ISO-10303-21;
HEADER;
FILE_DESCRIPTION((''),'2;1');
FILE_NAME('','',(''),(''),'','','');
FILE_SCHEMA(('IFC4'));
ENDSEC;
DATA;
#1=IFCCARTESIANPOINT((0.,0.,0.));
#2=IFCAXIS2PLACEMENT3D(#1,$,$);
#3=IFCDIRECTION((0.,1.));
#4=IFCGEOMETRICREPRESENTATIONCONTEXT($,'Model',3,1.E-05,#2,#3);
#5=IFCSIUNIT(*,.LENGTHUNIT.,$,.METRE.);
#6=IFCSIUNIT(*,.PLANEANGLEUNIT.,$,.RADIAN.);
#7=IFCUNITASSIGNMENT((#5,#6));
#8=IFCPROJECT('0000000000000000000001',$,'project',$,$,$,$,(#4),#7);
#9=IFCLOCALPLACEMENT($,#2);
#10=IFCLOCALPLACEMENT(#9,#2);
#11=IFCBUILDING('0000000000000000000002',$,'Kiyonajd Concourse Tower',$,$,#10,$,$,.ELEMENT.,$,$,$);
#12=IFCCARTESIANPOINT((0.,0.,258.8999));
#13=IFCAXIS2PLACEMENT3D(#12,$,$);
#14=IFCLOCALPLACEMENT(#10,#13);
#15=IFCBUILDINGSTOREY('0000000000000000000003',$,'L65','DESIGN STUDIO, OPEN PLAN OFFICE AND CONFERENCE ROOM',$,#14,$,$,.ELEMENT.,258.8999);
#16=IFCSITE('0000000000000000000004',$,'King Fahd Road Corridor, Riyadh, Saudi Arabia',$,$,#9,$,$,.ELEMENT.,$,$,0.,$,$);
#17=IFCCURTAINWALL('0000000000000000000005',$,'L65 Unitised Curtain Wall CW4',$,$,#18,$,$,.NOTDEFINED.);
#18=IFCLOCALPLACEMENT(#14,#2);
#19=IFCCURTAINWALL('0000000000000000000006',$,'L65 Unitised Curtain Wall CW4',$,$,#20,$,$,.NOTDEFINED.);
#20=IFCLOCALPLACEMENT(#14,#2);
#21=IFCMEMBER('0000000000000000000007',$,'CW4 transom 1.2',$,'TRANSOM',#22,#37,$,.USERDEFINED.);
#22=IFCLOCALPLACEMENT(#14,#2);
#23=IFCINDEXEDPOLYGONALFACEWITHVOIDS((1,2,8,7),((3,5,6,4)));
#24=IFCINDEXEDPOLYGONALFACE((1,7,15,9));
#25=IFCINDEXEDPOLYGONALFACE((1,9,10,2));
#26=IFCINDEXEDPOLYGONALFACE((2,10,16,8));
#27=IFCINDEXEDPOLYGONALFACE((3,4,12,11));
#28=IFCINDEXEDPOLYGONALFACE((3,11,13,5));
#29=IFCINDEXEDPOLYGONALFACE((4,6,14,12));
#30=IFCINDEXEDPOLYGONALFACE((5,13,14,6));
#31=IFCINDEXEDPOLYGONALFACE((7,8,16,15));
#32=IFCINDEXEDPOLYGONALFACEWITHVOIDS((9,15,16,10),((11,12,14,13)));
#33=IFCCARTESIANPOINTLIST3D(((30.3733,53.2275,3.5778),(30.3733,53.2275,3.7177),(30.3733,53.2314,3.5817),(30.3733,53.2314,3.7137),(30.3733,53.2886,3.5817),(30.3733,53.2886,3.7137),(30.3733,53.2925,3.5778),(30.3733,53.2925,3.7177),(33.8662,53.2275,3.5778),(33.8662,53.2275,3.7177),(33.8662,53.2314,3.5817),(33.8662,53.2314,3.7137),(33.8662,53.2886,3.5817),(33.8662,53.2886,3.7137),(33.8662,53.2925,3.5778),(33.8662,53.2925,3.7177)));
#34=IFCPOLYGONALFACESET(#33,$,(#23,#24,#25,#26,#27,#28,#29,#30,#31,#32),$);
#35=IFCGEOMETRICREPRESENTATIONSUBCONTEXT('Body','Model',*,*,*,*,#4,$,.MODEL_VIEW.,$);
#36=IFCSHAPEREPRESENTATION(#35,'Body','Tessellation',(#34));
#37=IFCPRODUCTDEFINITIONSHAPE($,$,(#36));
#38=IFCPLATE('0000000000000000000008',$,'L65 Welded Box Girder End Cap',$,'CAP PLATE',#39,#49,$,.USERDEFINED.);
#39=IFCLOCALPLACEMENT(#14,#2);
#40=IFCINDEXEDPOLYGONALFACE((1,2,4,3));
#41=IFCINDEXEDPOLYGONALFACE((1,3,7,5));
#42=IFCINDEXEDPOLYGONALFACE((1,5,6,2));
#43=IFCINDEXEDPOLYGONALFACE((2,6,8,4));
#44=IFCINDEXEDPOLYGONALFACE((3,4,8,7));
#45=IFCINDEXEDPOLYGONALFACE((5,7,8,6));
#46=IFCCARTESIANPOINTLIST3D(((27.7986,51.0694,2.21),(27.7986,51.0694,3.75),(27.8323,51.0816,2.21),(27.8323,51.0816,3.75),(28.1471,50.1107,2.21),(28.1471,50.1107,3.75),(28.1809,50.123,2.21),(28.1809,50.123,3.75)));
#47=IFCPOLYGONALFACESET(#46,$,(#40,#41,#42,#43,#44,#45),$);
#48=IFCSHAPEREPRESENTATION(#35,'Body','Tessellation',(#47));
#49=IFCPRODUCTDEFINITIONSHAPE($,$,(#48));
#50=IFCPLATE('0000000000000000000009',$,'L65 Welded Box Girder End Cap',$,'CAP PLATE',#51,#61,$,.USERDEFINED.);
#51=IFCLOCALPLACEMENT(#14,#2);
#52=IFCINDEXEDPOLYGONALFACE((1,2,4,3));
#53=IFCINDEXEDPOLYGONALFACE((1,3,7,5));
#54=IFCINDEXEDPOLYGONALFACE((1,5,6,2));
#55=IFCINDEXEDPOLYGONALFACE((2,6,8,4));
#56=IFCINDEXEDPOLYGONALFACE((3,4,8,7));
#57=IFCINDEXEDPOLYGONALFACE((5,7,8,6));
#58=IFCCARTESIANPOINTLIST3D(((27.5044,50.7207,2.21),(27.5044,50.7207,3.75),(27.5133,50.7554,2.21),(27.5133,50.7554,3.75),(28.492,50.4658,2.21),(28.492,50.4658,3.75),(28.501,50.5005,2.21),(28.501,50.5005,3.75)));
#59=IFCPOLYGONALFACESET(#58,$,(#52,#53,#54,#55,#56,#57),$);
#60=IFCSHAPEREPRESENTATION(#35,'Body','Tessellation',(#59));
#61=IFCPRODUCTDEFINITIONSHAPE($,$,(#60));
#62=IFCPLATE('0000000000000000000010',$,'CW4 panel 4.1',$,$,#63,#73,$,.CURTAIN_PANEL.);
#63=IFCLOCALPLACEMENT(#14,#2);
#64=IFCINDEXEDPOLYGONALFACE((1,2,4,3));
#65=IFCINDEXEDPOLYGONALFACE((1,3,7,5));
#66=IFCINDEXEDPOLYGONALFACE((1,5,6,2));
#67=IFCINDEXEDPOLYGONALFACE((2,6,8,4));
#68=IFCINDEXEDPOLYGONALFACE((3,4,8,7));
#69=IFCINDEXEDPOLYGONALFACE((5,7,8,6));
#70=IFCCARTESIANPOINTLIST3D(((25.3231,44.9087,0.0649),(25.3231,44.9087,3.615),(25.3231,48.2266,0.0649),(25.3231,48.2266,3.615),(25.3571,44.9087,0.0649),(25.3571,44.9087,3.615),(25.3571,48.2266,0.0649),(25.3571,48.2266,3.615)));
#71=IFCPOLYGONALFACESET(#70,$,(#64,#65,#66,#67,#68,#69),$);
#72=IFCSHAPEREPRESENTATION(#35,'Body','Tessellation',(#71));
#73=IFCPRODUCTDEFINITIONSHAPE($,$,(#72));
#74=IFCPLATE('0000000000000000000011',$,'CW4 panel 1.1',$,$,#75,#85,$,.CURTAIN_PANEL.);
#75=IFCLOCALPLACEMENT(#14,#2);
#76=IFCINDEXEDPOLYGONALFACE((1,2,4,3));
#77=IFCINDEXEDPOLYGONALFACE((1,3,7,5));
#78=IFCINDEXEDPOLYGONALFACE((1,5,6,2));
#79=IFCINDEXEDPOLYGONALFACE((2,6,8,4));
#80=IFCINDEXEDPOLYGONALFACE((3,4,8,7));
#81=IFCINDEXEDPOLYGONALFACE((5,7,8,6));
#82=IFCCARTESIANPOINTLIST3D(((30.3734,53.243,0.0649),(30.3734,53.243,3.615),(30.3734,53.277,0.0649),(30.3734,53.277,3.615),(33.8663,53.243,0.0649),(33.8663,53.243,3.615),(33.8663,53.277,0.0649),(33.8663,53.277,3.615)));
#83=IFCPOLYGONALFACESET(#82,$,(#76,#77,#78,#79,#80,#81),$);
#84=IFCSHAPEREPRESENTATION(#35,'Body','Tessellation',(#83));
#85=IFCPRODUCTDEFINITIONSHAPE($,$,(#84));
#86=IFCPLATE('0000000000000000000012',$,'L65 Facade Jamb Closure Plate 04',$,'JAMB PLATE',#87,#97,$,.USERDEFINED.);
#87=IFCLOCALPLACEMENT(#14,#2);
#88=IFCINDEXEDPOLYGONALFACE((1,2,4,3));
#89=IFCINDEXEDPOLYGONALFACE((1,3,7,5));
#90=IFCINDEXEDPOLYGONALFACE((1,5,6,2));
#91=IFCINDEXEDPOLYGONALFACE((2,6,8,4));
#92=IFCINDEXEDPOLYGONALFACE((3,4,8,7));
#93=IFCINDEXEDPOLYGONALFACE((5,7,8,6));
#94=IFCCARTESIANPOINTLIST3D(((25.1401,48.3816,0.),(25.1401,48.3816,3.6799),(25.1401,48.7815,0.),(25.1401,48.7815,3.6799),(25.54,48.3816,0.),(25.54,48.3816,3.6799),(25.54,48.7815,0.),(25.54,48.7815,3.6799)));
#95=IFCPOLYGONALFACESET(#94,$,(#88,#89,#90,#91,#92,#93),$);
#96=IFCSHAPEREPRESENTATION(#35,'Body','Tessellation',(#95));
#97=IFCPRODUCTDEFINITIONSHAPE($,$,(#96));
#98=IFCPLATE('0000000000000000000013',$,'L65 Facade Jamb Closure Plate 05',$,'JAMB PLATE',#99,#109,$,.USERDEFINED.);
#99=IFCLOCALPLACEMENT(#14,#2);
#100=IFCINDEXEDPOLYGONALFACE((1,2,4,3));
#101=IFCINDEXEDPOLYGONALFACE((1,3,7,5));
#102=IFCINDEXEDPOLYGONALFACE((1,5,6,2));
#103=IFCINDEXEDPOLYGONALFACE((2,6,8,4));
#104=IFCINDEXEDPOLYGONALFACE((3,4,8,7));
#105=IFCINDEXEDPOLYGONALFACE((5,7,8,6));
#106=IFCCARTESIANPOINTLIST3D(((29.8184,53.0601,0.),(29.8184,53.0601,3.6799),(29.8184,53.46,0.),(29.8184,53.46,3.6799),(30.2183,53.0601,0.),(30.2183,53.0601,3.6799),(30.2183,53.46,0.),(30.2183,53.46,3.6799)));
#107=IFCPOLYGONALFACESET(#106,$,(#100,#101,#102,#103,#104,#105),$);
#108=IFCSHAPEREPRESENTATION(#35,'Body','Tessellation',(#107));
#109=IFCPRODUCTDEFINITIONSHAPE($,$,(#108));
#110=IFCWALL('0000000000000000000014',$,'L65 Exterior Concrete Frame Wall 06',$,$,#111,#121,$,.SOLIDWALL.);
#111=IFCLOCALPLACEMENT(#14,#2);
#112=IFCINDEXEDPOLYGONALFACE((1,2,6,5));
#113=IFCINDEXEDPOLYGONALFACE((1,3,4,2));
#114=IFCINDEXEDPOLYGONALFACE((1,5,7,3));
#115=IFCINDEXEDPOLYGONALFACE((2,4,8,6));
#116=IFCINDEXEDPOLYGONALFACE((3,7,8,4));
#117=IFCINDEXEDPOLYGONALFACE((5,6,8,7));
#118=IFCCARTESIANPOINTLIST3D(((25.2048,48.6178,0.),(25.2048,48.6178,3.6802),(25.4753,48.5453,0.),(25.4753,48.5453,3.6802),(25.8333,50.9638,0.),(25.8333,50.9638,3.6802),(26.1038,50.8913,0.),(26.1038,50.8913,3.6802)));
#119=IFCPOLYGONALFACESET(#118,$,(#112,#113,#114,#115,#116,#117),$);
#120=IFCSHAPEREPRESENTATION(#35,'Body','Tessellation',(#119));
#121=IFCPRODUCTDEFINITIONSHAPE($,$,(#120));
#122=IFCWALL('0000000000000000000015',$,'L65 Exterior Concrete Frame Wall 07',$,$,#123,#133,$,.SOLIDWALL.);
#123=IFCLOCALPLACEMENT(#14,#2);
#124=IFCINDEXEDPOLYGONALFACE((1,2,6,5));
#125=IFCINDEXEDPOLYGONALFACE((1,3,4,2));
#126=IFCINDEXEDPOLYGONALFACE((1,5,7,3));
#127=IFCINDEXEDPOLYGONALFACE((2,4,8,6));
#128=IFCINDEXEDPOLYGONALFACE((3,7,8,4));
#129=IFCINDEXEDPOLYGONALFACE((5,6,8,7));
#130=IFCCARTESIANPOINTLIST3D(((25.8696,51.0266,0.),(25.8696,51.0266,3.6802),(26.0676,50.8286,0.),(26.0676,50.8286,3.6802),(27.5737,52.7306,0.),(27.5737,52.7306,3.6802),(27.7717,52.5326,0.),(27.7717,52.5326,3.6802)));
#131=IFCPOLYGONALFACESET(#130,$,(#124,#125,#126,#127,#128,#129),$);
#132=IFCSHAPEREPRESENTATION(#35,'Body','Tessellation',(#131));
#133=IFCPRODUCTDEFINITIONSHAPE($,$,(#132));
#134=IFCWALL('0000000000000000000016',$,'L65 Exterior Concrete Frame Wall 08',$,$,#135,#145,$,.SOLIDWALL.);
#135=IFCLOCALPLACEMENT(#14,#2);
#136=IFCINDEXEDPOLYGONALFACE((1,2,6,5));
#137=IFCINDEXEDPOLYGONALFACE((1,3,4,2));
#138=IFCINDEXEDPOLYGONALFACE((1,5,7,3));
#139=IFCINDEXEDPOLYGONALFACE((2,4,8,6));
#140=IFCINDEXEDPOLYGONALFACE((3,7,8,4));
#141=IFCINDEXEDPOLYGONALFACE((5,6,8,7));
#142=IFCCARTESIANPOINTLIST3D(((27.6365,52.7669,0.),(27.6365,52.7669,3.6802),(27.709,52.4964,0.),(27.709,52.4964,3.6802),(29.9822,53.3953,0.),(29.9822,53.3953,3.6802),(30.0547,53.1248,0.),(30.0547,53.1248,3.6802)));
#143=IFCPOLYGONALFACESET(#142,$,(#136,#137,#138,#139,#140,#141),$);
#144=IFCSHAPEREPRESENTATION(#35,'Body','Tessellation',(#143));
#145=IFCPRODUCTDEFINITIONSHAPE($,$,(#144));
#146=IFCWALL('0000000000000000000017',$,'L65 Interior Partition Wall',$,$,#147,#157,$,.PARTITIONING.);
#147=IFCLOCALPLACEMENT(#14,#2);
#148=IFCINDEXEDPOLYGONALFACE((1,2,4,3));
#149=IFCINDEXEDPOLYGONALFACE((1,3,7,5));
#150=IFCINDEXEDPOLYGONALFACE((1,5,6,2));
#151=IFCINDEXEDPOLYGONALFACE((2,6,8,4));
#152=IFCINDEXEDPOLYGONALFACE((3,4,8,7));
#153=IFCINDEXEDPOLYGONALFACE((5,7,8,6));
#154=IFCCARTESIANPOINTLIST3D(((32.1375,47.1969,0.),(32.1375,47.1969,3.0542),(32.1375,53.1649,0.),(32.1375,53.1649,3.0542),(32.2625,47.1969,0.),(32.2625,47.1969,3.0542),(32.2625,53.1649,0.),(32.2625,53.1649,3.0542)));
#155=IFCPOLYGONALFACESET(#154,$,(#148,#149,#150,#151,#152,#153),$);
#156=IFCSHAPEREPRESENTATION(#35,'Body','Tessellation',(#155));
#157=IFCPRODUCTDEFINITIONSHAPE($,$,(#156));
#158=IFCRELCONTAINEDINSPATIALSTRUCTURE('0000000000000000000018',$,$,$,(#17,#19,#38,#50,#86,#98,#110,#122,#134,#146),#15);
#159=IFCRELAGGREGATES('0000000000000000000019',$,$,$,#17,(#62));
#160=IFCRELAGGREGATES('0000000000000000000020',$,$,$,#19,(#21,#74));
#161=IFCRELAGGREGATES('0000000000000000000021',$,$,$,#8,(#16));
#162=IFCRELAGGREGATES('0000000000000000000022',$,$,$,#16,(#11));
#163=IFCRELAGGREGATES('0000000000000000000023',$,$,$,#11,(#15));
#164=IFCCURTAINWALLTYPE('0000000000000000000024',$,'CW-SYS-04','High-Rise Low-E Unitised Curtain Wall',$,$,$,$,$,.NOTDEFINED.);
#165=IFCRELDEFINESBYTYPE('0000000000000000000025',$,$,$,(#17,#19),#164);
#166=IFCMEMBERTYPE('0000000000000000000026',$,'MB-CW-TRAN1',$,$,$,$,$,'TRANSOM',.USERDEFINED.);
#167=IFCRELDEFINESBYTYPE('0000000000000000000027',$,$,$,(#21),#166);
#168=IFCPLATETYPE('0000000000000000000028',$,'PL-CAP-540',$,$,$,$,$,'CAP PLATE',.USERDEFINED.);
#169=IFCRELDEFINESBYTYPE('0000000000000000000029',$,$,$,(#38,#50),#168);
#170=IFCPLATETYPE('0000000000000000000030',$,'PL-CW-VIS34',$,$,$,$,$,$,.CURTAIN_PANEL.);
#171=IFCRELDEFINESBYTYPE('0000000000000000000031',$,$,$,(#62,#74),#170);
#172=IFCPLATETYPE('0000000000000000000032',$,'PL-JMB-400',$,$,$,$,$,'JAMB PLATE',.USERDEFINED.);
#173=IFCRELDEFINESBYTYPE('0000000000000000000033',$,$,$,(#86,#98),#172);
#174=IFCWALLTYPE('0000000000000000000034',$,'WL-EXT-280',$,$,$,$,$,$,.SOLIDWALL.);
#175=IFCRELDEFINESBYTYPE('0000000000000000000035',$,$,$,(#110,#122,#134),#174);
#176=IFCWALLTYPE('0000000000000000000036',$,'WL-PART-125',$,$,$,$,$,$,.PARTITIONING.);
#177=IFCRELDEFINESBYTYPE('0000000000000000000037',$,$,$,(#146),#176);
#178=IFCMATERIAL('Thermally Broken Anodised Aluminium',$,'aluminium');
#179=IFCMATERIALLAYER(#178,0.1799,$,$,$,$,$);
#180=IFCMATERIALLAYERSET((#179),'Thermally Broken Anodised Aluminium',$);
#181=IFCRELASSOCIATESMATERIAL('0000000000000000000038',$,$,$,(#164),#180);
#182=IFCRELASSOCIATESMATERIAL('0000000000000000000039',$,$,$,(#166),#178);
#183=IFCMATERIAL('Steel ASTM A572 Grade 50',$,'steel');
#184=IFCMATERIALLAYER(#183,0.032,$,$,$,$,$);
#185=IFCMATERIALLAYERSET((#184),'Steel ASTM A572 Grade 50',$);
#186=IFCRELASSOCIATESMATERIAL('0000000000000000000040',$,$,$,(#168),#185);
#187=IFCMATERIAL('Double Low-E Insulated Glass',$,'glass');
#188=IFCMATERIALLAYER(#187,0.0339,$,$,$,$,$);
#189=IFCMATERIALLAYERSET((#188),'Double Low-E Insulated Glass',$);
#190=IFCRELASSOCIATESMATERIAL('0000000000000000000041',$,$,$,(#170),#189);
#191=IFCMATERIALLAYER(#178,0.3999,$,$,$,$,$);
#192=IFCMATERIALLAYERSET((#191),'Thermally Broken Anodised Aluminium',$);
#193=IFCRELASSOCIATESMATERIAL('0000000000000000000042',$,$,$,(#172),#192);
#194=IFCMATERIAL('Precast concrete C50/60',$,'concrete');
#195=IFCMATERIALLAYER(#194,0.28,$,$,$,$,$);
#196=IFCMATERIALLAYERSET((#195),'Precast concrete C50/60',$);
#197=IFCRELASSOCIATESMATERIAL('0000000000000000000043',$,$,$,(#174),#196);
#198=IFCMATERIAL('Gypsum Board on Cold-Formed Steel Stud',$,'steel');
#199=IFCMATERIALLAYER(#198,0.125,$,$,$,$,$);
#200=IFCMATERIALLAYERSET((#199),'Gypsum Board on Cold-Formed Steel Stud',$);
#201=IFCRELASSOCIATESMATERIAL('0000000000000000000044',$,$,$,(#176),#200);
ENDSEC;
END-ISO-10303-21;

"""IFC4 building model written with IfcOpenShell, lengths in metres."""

from ifc_helpers import new_model, si_unit, direction, frame, frame_2d, origin, origin_2d, place, context, subcontext, project, spatial, rectangle, hollow_rectangle, extrude, material, layer, layer_set, material_profile, profile_set, type_object, element, aggregate, save


model = new_model("IFC4")

# Units and contexts
model_context = context("Model", 3, precision=1e-05, world=origin(), true_north=direction((0.0, 1.0)))
body_context = subcontext(model_context, "Body", "Model", "MODEL_VIEW")
ifc_project = project(units=[si_unit("LENGTHUNIT", "METRE"), si_unit("PLANEANGLEUNIT", "RADIAN")], contexts=[model_context])

# Site, building, storey
site_placement = place(None, origin())
site = spatial("IfcSite", under=ifc_project, at=site_placement, Name="King Fahd Road Corridor, Riyadh, Saudi Arabia", CompositionType="ELEMENT", RefElevation=0.0)
building_placement = place(site_placement, origin())
building = spatial("IfcBuilding", under=site, at=building_placement, Name="Kiyonajd Concourse Tower", CompositionType="ELEMENT")
storey_placement = place(building_placement, frame((0.0, 0.0, 258.8999)))
storey = spatial("IfcBuildingStorey", under=building, at=storey_placement, Name="L65", Description="DESIGN STUDIO, OPEN PLAN OFFICE AND CONFERENCE ROOM", CompositionType="ELEMENT", Elevation=258.8999)

# Shared definitions
ifc_material_1 = material(Name="Steel ASTM A572 Grade 50", Category="steel")

# Curtain walls
ifc_material_2 = material(Name="Thermally Broken Anodised Aluminium", Category="aluminium")
ifc_layer_1 = layer(ifc_material_2, 0.1799)
ifc_layer_set_1 = layer_set([ifc_layer_1], Name="Thermally Broken Anodised Aluminium")
curtain_wall_type = type_object("IfcCurtainWallType", Name="CW-SYS-04", Description="High-Rise Low-E Unitised Curtain Wall", PredefinedType="NOTDEFINED", material=ifc_layer_set_1)
curtain_wall_1_placement = place(storey_placement, origin())
curtain_wall_1 = element("IfcCurtainWall", 1, at=curtain_wall_1_placement, inside=storey, type_object=curtain_wall_type, Name="L65 Unitised Curtain Wall CW4", PredefinedType="NOTDEFINED")
curtain_wall_2_placement = place(storey_placement, origin())
curtain_wall_2 = element("IfcCurtainWall", 2, at=curtain_wall_2_placement, inside=storey, type_object=curtain_wall_type, Name="L65 Unitised Curtain Wall CW4", PredefinedType="NOTDEFINED")

# Member
ifc_material_profile_1 = material_profile(ifc_material_2, hollow_rectangle(XDim=0.0649, YDim=0.1399, WallThickness=0.0039, at=origin_2d()), Name="TRAN-65x140")
ifc_profile_set_1 = profile_set([ifc_material_profile_1], Name="Thermally Broken Anodised Aluminium")
member_type_1 = type_object("IfcMemberType", Name="MB-CW-TRAN1", ElementType="TRANSOM", PredefinedType="USERDEFINED", material=ifc_profile_set_1)
member_1_placement = place(storey_placement, frame((30.3733, 53.26, 3.6477), z_axis=(1.0, 0.0, 0.0), x_axis=(0.0, 1.0, 0.0)))
member_1 = element("IfcMember", 3, at=member_1_placement, type_object=member_type_1, Name="CW4 transom 1.2", ObjectType="TRANSOM", PredefinedType="USERDEFINED", context=body_context, shape_type="SweptSolid", body=[
    extrude(hollow_rectangle(XDim=0.0649, YDim=0.1399, WallThickness=0.0039, at=origin_2d()), origin(), (0.0, 0.0, 1.0), 3.4929),
])

# Plates
ifc_layer_2 = layer(ifc_material_1, 0.032)
ifc_layer_set_2 = layer_set([ifc_layer_2], Name="Steel ASTM A572 Grade 50")
plate_type_1 = type_object("IfcPlateType", Name="PL-CAP-540", ElementType="CAP PLATE", PredefinedType="USERDEFINED", material=ifc_layer_set_2)
for number, where, z_axis, x_axis, name in (
    (4, (27.9897, 50.5962, 2.21), (0.0, 0.0, 1.0), (-0.939812, -0.341692, 0.0), "L65 Welded Box Girder End Cap"),
    (5, (28.0027, 50.6106, 2.21), (0.0, 0.0, 1.0), (0.249873, 0.968279, 0.0), "L65 Welded Box Girder End Cap"),
):
    element("IfcPlate", number, at=place(storey_placement, frame(where, z_axis=z_axis, x_axis=x_axis)), inside=storey, type_object=plate_type_1, Name=name, ObjectType="CAP PLATE", PredefinedType="USERDEFINED", context=body_context, shape_type="SweptSolid", body=[
        extrude(rectangle(XDim=0.0359, YDim=1.02, at=origin_2d()), origin(), (0.0, 0.0, 1.0), 1.54),
    ])

# Plates
ifc_material_3 = material(Name="Double Low-E Insulated Glass", Category="glass")
ifc_layer_3 = layer(ifc_material_3, 0.0339)
ifc_layer_set_3 = layer_set([ifc_layer_3], Name="Double Low-E Insulated Glass")
plate_type_2 = type_object("IfcPlateType", Name="PL-CW-VIS34", PredefinedType="CURTAIN_PANEL", material=ifc_layer_set_3)
plate_1_placement = place(storey_placement, frame((25.3401, 46.5676, 0.0649), z_axis=(0.0, 0.0, 1.0), x_axis=(0.0, 1.0, 0.0)))
plate_1 = element("IfcPlate", 6, at=plate_1_placement, type_object=plate_type_2, Name="CW4 panel 4.1", PredefinedType="CURTAIN_PANEL", context=body_context, shape_type="SweptSolid", body=[
    extrude(rectangle(XDim=3.3179, YDim=0.0339, at=origin_2d()), origin(), (0.0, 0.0, 1.0), 3.55),
])
aggregate(curtain_wall_1, [plate_1])
plate_2_placement = place(storey_placement, frame((32.1199, 53.26, 0.0649), z_axis=(0.0, 0.0, 1.0), x_axis=(1.0, 0.0, 0.0)))
plate_2 = element("IfcPlate", 7, at=plate_2_placement, type_object=plate_type_2, Name="CW4 panel 1.1", PredefinedType="CURTAIN_PANEL", context=body_context, shape_type="SweptSolid", body=[
    extrude(rectangle(XDim=3.4929, YDim=0.0339, at=origin_2d()), origin(), (0.0, 0.0, 1.0), 3.55),
])
aggregate(curtain_wall_2, [member_1, plate_2])

# Plates
ifc_layer_4 = layer(ifc_material_2, 0.3999)
ifc_layer_set_4 = layer_set([ifc_layer_4], Name="Thermally Broken Anodised Aluminium")
plate_type_3 = type_object("IfcPlateType", Name="PL-JMB-400", ElementType="JAMB PLATE", PredefinedType="USERDEFINED", material=ifc_layer_set_4)
for number, where, z_axis, x_axis, name in (
    (8, (25.3401, 48.5815, 0.0), (0.0, 0.0, 1.0), (1.0, 0.0, 0.0), "L65 Facade Jamb Closure Plate 04"),
    (9, (30.0183, 53.26, 0.0), (0.0, 0.0, 1.0), (1.0, 0.0, 0.0), "L65 Facade Jamb Closure Plate 05"),
):
    element("IfcPlate", number, at=place(storey_placement, frame(where, z_axis=z_axis, x_axis=x_axis)), inside=storey, type_object=plate_type_3, Name=name, ObjectType="JAMB PLATE", PredefinedType="USERDEFINED", context=body_context, shape_type="SweptSolid", body=[
        extrude(rectangle(XDim=0.3999, YDim=0.3999, at=origin_2d()), origin(), (0.0, 0.0, 1.0), 3.6799),
    ])

# Walls
ifc_material_4 = material(Name="Precast concrete C50/60", Category="concrete")
ifc_layer_5 = layer(ifc_material_4, 0.28)
ifc_layer_set_5 = layer_set([ifc_layer_5], Name="Precast concrete C50/60")
wall_type_1 = type_object("IfcWallType", Name="WL-EXT-280", PredefinedType="SOLIDWALL", material=ifc_layer_set_5)
wall_1_placement = place(storey_placement, frame((25.3401, 48.5815, 0.0), z_axis=(0.0, 0.0, 1.0), x_axis=(0.258751, 0.965944, 0.0)))
element("IfcWall", 10, at=wall_1_placement, inside=storey, type_object=wall_type_1, Name="L65 Exterior Concrete Frame Wall 06", PredefinedType="SOLIDWALL", context=body_context, shape_type="SweptSolid", body=[
    extrude(rectangle(XDim=2.4287, YDim=0.28, at=frame_2d((1.2144, 0.0))), origin(), (0.0, 0.0, 1.0), 3.6802),
])
wall_2_placement = place(storey_placement, frame((25.9685, 50.9275, 0.0), z_axis=(0.0, 0.0, 1.0), x_axis=(0.707107, 0.707107, 0.0)))
element("IfcWall", 11, at=wall_2_placement, inside=storey, type_object=wall_type_1, Name="L65 Exterior Concrete Frame Wall 07", PredefinedType="SOLIDWALL", context=body_context, shape_type="SweptSolid", body=[
    extrude(rectangle(XDim=2.4099, YDim=0.28, at=frame_2d((1.2051, 0.0))), origin(), (0.0, 0.0, 1.0), 3.6802),
])
wall_3_placement = place(storey_placement, frame((27.6726, 52.6316, 0.0), z_axis=(0.0, 0.0, 1.0), x_axis=(0.965937, 0.258776, 0.0)))
element("IfcWall", 12, at=wall_3_placement, inside=storey, type_object=wall_type_1, Name="L65 Exterior Concrete Frame Wall 08", PredefinedType="SOLIDWALL", context=body_context, shape_type="SweptSolid", body=[
    extrude(rectangle(XDim=2.4285, YDim=0.28, at=frame_2d((1.2144, 0.0))), origin(), (0.0, 0.0, 1.0), 3.6802),
])
ifc_material_5 = material(Name="Gypsum Board on Cold-Formed Steel Stud", Category="steel")
ifc_layer_6 = layer(ifc_material_5, 0.125)
ifc_layer_set_6 = layer_set([ifc_layer_6], Name="Gypsum Board on Cold-Formed Steel Stud")
wall_type_2 = type_object("IfcWallType", Name="WL-PART-125", PredefinedType="PARTITIONING", material=ifc_layer_set_6)
wall_4_placement = place(storey_placement, frame((32.2, 47.197, 0.0), z_axis=(0.0, 0.0, 1.0), x_axis=(0.0, 1.0, 0.0)))
element("IfcWall", 13, at=wall_4_placement, inside=storey, type_object=wall_type_2, Name="L65 Interior Partition Wall", PredefinedType="PARTITIONING", context=body_context, shape_type="SweptSolid", body=[
    extrude(rectangle(XDim=5.968, YDim=0.125, at=frame_2d((2.9839, 0.0))), origin(), (0.0, 0.0, 1.0), 3.0542),
])

save(model, "model.ifc")
